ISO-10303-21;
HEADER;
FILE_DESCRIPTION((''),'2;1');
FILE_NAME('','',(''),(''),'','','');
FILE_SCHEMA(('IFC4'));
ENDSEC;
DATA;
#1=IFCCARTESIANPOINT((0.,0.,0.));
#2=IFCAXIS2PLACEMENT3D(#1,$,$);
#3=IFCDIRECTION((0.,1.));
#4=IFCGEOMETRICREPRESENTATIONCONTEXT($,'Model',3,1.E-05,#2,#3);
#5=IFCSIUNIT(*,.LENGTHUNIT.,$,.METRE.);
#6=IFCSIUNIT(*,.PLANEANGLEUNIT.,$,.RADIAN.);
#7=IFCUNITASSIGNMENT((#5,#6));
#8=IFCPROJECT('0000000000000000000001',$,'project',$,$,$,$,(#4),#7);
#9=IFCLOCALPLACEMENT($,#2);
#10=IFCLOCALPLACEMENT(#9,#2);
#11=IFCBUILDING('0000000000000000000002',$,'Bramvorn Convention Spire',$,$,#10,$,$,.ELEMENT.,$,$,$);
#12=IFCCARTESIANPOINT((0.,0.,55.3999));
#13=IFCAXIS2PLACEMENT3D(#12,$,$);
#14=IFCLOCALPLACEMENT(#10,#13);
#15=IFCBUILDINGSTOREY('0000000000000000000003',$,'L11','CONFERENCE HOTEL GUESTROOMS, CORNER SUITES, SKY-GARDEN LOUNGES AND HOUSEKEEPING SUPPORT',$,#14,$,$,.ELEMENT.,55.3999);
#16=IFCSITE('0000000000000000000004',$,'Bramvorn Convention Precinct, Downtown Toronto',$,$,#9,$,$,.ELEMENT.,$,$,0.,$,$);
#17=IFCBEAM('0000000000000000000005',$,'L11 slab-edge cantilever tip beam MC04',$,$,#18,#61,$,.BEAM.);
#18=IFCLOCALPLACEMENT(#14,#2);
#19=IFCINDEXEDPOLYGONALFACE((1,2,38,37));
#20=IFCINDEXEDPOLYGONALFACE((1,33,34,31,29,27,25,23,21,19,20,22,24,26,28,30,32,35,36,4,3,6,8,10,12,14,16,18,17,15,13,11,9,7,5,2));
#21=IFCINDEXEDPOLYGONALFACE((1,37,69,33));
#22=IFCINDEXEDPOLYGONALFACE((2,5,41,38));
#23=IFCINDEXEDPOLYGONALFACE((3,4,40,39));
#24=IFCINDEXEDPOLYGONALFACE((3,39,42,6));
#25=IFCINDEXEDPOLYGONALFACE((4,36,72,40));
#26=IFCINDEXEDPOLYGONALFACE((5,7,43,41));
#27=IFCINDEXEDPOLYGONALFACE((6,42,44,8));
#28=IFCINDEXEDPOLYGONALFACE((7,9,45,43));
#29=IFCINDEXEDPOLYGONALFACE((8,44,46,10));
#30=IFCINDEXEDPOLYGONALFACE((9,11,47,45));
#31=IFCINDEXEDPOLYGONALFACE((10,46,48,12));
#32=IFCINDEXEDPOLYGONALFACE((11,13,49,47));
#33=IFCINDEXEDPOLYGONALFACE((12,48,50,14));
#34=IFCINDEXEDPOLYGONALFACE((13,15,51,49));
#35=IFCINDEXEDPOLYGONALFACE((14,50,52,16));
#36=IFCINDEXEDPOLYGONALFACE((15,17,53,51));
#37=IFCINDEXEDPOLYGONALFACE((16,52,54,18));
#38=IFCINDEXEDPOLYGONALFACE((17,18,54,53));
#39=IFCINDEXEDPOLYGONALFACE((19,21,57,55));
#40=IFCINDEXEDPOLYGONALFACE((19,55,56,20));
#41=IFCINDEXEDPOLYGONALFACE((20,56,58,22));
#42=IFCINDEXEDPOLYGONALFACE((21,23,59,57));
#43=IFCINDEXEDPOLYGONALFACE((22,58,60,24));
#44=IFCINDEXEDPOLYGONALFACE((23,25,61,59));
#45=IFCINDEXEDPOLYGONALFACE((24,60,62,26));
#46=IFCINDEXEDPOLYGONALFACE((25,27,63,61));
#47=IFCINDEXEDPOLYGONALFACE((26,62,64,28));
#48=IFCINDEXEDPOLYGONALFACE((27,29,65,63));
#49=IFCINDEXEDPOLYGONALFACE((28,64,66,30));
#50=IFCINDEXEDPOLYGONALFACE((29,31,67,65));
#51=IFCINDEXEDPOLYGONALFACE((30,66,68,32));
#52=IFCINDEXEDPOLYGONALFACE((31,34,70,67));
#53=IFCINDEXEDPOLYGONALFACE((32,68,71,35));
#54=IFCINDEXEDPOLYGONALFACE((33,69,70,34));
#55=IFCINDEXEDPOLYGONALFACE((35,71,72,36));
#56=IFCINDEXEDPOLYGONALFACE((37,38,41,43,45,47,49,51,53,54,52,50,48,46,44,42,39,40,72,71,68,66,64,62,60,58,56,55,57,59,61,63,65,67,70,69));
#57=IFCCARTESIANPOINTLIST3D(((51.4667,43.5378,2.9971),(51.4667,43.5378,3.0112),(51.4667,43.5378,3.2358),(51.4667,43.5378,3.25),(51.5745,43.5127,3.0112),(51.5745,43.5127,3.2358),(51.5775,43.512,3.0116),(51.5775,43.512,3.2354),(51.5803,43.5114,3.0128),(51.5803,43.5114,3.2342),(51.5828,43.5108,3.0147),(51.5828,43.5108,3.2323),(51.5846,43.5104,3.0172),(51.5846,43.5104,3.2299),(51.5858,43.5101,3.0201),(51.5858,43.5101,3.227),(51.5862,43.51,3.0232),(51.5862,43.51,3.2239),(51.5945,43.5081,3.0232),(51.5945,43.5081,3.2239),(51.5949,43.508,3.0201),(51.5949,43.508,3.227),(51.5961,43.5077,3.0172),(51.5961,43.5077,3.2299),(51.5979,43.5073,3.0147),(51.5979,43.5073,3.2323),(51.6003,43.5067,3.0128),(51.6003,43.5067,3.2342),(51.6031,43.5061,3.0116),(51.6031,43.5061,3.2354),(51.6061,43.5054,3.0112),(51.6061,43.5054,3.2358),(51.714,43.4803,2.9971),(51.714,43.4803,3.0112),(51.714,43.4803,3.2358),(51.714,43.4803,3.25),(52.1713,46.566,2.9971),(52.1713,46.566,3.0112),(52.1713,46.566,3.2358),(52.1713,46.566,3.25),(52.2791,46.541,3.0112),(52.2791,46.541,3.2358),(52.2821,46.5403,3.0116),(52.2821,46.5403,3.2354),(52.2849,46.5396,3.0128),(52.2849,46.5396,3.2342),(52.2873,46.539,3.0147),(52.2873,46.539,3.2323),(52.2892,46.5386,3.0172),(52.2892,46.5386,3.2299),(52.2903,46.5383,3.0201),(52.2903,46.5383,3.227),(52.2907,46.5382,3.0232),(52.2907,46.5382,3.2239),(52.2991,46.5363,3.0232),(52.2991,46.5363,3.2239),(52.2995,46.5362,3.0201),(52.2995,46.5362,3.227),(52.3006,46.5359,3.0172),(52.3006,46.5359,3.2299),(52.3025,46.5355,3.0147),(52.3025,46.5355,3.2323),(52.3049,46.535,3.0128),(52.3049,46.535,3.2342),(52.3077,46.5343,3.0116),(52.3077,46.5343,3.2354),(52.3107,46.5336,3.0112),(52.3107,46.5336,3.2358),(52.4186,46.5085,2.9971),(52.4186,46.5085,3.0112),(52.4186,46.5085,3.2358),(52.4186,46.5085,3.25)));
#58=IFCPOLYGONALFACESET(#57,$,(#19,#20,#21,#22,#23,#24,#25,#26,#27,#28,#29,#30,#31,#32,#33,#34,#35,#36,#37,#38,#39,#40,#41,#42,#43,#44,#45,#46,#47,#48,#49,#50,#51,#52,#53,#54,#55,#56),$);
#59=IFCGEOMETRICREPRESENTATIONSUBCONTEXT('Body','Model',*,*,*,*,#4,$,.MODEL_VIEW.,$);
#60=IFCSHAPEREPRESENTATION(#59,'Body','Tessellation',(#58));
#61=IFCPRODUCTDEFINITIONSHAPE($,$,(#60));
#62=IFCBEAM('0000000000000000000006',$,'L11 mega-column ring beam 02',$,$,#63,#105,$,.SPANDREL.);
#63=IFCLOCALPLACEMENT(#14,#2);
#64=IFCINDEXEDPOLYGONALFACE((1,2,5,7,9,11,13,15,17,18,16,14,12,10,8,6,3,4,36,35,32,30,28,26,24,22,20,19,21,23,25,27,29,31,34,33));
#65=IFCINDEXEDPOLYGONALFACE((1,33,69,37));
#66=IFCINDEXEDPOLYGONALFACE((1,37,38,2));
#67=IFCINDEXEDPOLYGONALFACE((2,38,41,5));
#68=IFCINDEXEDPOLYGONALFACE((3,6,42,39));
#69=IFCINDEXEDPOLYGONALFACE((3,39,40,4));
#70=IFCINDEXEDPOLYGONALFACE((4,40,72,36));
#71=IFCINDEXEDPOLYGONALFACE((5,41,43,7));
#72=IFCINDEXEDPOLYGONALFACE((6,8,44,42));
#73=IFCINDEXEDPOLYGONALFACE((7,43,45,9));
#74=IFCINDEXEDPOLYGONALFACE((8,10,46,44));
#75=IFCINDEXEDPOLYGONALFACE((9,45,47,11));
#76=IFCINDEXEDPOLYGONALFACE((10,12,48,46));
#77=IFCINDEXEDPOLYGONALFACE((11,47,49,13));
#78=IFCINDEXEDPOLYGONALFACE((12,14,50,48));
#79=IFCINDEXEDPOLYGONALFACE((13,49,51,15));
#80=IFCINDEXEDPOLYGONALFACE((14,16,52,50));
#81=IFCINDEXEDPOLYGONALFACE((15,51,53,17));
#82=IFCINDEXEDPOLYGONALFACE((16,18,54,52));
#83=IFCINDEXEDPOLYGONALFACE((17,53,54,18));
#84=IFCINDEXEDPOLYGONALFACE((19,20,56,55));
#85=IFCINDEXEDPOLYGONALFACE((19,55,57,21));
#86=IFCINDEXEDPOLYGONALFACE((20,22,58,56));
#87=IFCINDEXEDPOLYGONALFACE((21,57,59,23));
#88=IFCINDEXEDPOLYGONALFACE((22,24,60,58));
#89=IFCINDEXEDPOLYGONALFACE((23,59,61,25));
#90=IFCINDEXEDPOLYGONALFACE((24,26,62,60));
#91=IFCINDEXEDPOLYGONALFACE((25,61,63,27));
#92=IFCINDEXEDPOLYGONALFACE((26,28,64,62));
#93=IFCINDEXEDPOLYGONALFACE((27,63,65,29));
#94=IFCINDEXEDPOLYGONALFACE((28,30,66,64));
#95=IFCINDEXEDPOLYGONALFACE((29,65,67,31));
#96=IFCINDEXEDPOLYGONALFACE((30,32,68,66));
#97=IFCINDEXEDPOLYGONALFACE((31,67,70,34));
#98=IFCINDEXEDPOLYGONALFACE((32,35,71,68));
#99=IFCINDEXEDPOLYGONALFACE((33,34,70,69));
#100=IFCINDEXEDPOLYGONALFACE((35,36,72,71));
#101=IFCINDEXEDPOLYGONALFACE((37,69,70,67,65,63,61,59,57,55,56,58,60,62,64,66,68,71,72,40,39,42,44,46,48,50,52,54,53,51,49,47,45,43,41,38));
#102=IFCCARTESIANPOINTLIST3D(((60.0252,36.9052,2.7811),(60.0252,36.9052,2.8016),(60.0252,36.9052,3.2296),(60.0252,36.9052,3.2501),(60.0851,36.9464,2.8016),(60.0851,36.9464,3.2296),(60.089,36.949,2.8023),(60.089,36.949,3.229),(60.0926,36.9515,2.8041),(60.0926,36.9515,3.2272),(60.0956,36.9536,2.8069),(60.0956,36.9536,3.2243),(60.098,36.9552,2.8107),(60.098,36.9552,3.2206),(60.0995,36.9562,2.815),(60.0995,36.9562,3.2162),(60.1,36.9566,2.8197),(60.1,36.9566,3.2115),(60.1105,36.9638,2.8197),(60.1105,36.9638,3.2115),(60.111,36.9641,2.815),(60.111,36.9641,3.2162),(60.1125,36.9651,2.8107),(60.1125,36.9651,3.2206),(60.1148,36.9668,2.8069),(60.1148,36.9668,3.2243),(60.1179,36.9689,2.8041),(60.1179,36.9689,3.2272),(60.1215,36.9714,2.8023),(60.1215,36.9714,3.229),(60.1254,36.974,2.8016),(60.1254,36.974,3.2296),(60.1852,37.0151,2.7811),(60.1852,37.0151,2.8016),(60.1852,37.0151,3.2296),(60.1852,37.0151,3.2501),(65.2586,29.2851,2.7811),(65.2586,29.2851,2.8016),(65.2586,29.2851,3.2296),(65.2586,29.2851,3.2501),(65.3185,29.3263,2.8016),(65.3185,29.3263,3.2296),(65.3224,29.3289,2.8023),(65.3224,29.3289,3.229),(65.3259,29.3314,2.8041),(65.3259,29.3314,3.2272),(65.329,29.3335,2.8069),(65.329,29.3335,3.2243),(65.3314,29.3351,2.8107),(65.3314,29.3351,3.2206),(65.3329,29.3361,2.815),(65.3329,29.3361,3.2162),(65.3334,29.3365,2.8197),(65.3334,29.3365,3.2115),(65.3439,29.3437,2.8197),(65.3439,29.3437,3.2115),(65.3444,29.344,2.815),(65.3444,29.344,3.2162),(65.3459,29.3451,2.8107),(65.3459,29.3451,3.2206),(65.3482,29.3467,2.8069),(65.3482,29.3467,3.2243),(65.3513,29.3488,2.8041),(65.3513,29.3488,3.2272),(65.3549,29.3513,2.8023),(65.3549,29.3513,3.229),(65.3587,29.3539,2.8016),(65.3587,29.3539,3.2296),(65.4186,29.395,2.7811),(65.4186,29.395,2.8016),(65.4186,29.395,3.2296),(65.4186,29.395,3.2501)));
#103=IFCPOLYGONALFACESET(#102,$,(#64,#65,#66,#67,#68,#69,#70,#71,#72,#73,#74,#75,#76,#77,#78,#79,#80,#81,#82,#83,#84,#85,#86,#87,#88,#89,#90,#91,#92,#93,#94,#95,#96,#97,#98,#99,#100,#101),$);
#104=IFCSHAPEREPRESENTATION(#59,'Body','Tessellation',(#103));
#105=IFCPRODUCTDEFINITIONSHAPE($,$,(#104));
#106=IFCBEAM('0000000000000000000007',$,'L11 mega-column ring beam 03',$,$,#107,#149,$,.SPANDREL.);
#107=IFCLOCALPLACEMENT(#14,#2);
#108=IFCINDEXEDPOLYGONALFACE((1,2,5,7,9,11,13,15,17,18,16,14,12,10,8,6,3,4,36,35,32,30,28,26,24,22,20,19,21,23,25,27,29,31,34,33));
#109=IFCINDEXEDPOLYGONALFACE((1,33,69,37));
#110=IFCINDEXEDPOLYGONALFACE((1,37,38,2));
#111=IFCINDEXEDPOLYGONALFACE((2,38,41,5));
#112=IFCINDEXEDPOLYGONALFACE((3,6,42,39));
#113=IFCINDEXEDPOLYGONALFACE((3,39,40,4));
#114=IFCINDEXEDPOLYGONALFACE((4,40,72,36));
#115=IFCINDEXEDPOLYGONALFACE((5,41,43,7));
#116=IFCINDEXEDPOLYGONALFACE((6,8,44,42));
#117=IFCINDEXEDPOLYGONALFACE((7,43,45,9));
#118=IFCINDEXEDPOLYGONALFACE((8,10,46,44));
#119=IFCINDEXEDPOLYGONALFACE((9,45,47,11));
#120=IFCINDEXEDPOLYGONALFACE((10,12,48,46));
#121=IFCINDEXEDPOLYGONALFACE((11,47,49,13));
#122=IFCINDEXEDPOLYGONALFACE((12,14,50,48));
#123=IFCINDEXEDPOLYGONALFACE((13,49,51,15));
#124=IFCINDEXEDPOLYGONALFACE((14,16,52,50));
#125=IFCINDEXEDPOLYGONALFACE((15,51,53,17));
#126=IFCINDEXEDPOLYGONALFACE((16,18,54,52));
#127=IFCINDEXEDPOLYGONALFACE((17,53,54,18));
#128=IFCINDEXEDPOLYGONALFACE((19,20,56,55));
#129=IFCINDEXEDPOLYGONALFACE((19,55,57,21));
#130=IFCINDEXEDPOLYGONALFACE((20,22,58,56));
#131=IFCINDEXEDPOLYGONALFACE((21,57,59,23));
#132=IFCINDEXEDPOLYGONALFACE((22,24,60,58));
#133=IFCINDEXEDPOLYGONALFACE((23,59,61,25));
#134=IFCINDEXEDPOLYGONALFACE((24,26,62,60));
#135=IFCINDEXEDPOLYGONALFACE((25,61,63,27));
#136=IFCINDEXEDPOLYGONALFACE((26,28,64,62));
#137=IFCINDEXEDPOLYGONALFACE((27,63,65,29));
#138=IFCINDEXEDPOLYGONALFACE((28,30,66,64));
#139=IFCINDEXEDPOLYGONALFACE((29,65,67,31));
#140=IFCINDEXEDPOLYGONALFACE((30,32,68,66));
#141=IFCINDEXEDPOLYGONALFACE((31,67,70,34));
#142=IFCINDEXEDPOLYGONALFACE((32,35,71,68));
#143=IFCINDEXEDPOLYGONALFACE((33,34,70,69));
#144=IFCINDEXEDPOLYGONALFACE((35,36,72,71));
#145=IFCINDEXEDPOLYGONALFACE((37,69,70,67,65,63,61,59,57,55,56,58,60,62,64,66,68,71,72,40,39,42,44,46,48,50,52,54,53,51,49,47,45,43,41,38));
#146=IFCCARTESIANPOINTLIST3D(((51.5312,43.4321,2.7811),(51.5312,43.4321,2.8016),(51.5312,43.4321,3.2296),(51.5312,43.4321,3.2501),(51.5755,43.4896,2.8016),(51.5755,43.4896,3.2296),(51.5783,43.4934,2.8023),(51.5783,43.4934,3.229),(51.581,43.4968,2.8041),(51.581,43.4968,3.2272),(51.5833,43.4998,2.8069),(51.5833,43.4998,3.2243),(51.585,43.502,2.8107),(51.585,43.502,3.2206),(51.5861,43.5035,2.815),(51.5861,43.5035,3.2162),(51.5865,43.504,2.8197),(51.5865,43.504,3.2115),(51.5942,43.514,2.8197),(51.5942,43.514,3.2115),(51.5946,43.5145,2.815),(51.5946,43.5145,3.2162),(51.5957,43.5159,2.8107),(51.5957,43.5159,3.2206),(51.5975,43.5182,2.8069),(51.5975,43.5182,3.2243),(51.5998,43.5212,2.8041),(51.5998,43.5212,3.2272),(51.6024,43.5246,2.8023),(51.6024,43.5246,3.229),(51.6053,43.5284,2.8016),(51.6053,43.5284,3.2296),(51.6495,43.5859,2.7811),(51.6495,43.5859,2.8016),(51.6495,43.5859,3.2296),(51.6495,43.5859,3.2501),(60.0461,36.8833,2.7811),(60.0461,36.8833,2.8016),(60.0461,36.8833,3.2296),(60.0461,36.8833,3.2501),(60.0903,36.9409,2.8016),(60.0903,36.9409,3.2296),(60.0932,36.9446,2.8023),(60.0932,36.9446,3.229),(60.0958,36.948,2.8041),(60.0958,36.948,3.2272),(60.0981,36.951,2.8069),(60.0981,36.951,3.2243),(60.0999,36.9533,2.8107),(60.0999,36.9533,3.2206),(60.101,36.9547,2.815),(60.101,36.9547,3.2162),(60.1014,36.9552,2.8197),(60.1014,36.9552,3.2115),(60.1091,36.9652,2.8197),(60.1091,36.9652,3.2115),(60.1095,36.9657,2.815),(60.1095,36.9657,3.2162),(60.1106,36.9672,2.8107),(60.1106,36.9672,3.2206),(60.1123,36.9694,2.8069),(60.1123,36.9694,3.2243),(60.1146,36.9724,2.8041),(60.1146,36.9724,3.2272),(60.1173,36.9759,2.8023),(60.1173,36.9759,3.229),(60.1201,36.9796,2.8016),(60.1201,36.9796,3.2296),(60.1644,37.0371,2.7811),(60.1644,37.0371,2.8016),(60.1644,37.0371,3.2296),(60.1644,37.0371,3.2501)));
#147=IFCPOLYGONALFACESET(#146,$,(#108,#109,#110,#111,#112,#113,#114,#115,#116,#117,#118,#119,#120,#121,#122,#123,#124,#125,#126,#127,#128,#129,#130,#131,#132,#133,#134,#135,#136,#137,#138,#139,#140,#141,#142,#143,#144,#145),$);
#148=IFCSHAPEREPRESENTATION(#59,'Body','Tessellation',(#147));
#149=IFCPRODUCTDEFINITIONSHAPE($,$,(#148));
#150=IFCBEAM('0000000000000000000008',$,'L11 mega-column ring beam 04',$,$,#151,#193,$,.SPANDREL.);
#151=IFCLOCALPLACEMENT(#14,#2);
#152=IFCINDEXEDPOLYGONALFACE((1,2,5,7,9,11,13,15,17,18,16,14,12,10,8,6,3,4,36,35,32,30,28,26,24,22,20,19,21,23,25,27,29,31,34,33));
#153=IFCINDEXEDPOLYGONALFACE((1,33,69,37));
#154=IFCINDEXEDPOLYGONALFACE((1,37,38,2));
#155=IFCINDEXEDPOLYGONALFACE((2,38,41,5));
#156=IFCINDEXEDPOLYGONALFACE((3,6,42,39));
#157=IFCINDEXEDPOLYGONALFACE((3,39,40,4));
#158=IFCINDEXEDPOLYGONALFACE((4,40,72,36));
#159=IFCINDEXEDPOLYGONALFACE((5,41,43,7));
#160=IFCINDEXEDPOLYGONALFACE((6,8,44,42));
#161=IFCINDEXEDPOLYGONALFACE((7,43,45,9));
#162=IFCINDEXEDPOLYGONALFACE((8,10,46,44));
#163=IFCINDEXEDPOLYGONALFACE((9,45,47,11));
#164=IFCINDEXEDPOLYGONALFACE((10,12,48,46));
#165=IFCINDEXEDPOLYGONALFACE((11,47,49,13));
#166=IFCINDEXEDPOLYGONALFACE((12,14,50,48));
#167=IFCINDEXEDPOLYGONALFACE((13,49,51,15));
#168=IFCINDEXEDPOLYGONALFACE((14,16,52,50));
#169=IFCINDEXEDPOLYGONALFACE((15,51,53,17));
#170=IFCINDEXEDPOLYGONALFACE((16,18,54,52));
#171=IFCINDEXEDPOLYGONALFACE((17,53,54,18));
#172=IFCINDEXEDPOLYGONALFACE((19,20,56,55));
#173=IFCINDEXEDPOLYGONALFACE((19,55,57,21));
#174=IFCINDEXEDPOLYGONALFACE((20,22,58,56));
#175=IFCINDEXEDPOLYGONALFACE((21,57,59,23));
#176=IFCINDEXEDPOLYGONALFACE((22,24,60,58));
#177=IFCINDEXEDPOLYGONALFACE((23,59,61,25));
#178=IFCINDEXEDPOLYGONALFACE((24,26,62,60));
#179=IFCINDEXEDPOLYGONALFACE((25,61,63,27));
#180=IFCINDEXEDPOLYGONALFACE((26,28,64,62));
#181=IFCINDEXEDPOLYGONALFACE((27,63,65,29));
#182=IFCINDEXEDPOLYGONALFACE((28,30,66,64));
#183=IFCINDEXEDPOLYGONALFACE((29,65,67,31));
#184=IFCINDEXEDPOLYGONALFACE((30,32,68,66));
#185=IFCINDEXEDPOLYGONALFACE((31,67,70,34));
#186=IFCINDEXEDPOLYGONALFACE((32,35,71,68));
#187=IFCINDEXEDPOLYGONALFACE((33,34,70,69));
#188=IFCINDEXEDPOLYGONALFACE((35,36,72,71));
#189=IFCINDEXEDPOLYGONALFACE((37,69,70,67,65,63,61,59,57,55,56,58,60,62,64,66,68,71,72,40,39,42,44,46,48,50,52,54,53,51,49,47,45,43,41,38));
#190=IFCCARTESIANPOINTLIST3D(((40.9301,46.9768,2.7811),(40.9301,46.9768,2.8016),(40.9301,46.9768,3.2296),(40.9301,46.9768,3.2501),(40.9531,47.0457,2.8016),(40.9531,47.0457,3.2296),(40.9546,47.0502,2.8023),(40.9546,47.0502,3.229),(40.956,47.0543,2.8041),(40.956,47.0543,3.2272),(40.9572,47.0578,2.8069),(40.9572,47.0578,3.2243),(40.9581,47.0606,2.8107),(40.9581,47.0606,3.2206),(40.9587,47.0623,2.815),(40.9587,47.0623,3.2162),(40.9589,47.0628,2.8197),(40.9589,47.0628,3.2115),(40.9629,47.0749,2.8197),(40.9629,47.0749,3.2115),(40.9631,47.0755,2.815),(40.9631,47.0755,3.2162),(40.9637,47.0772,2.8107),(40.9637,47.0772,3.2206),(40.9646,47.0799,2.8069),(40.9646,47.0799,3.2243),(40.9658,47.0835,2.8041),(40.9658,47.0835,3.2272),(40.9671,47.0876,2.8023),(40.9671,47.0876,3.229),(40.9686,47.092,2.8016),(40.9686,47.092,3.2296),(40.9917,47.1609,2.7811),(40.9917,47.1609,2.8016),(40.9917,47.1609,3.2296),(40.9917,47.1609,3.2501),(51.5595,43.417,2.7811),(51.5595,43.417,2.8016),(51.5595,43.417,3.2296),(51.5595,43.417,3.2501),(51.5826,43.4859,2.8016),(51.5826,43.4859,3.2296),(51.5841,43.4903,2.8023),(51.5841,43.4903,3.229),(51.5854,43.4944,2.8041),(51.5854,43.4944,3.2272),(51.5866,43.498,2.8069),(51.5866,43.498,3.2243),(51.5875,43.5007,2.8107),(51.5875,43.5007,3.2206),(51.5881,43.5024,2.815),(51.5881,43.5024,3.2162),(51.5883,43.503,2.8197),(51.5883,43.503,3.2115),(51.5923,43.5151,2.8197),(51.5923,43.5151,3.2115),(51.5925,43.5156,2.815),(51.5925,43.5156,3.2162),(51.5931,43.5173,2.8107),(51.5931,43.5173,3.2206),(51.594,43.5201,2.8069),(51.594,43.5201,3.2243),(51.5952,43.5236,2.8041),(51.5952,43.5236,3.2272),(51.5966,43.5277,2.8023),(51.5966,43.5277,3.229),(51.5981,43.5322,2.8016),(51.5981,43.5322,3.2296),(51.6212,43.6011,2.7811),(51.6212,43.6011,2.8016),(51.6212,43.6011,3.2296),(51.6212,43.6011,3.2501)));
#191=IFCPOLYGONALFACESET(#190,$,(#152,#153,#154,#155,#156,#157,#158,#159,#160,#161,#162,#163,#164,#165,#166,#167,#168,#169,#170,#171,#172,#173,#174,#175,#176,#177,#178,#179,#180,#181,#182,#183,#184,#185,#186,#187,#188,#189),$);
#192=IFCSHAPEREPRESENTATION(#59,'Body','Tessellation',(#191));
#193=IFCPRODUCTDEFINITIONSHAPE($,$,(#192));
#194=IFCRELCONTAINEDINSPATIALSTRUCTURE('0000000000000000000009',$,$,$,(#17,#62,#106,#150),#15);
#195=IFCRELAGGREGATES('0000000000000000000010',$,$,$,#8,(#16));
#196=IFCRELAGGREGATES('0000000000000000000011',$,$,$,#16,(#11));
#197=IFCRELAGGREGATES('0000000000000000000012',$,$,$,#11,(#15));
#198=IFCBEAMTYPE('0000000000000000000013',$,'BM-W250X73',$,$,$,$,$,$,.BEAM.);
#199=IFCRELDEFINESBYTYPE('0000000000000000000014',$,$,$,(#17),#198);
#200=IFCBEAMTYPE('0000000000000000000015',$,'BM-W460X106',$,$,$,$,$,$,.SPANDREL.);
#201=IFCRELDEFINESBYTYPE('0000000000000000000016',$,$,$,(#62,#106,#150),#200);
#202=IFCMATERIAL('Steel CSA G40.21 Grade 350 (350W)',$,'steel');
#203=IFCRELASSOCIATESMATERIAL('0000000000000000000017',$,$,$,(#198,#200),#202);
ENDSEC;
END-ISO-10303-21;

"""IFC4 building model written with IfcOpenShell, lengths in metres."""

from ifc_helpers import new_model, si_unit, direction, frame, origin, origin_2d, place, context, subcontext, project, spatial, i_section, extrude, material, material_profile, profile_set, type_object, element, save


model = new_model("IFC4")

# Units and contexts
model_context = context("Model", 3, precision=1e-05, world=origin(), true_north=direction((0.0, 1.0)))
body_context = subcontext(model_context, "Body", "Model", "MODEL_VIEW")
ifc_project = project(units=[si_unit("LENGTHUNIT", "METRE"), si_unit("PLANEANGLEUNIT", "RADIAN")], contexts=[model_context])

# Site, building, storey
site_placement = place(None, origin())
site = spatial("IfcSite", under=ifc_project, at=site_placement, Name="Bramvorn Convention Precinct, Downtown Toronto", CompositionType="ELEMENT", RefElevation=0.0)
building_placement = place(site_placement, origin())
building = spatial("IfcBuilding", under=site, at=building_placement, Name="Bramvorn Convention Spire", CompositionType="ELEMENT")
storey_placement = place(building_placement, frame((0.0, 0.0, 55.3999)))
storey = spatial("IfcBuildingStorey", under=building, at=storey_placement, Name="L11", Description="CONFERENCE HOTEL GUESTROOMS, CORNER SUITES, SKY-GARDEN LOUNGES AND HOUSEKEEPING SUPPORT", CompositionType="ELEMENT", Elevation=55.3999)

# Shared definitions
ifc_material_1 = material(Name="Steel CSA G40.21 Grade 350 (350W)", Category="steel")

# Beams
ifc_material_profile_1 = material_profile(ifc_material_1, i_section(OverallWidth=0.2539, OverallDepth=0.2529, WebThickness=0.0085, FlangeThickness=0.0142, FilletRadius=0.012, at=origin_2d()))
ifc_profile_set_1 = profile_set([ifc_material_profile_1], Name="Steel CSA G40.21 Grade 350 (350W) - W250X73")
beam_type_1 = type_object("IfcBeamType", Name="BM-W250X73", PredefinedType="BEAM", material=ifc_profile_set_1)
beam_1_placement = place(storey_placement, frame((51.5903, 43.509, 3.1235), z_axis=(0.226614, 0.973985, 0.0), x_axis=(-0.973985, 0.226614, 0.0)))
element("IfcBeam", 1, at=beam_1_placement, inside=storey, type_object=beam_type_1, Name="L11 slab-edge cantilever tip beam MC04", PredefinedType="BEAM", context=body_context, shape_type="SweptSolid", body=[
    extrude(i_section(OverallWidth=0.2539, OverallDepth=0.2529, WebThickness=0.0085, FlangeThickness=0.0142, FilletRadius=0.012, at=origin_2d()), origin(), (0.0, 0.0, 1.0), 3.1091),
])
ifc_material_profile_2 = material_profile(ifc_material_1, i_section(OverallWidth=0.1941, OverallDepth=0.469, WebThickness=0.0127, FlangeThickness=0.0205, FilletRadius=0.0181, at=origin_2d()))
ifc_profile_set_2 = profile_set([ifc_material_profile_2], Name="Steel CSA G40.21 Grade 350 (350W) - W460X106")
beam_type_2 = type_object("IfcBeamType", Name="BM-W460X106", PredefinedType="SPANDREL", material=ifc_profile_set_2)
beam_2_placement = place(storey_placement, frame((65.3386, 29.3401, 3.0156), z_axis=(-0.56613, 0.824316, 0.0), x_axis=(-0.824316, -0.56613, 0.0)))
element("IfcBeam", 2, at=beam_2_placement, inside=storey, type_object=beam_type_2, Name="L11 mega-column ring beam 02", PredefinedType="SPANDREL", context=body_context, shape_type="SweptSolid", body=[
    extrude(i_section(OverallWidth=0.1941, OverallDepth=0.469, WebThickness=0.0127, FlangeThickness=0.0205, FilletRadius=0.0181, at=origin_2d()), origin(), (0.0, 0.0, 1.0), 9.2441),
])
beam_3_placement = place(storey_placement, frame((60.1052, 36.9602, 3.0156), z_axis=(-0.792673, 0.609647, 0.0), x_axis=(-0.609647, -0.792673, 0.0)))
element("IfcBeam", 3, at=beam_3_placement, inside=storey, type_object=beam_type_2, Name="L11 mega-column ring beam 03", PredefinedType="SPANDREL", context=body_context, shape_type="SweptSolid", body=[
    extrude(i_section(OverallWidth=0.1941, OverallDepth=0.469, WebThickness=0.0127, FlangeThickness=0.0205, FilletRadius=0.0181, at=origin_2d()), origin(), (0.0, 0.0, 1.0), 10.7419),
])
beam_4_placement = place(storey_placement, frame((51.5903, 43.509, 3.0156), z_axis=(-0.948236, 0.317567, 0.0), x_axis=(-0.317567, -0.948236, 0.0)))
element("IfcBeam", 4, at=beam_4_placement, inside=storey, type_object=beam_type_2, Name="L11 mega-column ring beam 04", PredefinedType="SPANDREL", context=body_context, shape_type="SweptSolid", body=[
    extrude(i_section(OverallWidth=0.1941, OverallDepth=0.469, WebThickness=0.0127, FlangeThickness=0.0205, FilletRadius=0.0181, at=origin_2d()), origin(), (0.0, 0.0, 1.0), 11.2097),
])

save(model, "model.ifc")
